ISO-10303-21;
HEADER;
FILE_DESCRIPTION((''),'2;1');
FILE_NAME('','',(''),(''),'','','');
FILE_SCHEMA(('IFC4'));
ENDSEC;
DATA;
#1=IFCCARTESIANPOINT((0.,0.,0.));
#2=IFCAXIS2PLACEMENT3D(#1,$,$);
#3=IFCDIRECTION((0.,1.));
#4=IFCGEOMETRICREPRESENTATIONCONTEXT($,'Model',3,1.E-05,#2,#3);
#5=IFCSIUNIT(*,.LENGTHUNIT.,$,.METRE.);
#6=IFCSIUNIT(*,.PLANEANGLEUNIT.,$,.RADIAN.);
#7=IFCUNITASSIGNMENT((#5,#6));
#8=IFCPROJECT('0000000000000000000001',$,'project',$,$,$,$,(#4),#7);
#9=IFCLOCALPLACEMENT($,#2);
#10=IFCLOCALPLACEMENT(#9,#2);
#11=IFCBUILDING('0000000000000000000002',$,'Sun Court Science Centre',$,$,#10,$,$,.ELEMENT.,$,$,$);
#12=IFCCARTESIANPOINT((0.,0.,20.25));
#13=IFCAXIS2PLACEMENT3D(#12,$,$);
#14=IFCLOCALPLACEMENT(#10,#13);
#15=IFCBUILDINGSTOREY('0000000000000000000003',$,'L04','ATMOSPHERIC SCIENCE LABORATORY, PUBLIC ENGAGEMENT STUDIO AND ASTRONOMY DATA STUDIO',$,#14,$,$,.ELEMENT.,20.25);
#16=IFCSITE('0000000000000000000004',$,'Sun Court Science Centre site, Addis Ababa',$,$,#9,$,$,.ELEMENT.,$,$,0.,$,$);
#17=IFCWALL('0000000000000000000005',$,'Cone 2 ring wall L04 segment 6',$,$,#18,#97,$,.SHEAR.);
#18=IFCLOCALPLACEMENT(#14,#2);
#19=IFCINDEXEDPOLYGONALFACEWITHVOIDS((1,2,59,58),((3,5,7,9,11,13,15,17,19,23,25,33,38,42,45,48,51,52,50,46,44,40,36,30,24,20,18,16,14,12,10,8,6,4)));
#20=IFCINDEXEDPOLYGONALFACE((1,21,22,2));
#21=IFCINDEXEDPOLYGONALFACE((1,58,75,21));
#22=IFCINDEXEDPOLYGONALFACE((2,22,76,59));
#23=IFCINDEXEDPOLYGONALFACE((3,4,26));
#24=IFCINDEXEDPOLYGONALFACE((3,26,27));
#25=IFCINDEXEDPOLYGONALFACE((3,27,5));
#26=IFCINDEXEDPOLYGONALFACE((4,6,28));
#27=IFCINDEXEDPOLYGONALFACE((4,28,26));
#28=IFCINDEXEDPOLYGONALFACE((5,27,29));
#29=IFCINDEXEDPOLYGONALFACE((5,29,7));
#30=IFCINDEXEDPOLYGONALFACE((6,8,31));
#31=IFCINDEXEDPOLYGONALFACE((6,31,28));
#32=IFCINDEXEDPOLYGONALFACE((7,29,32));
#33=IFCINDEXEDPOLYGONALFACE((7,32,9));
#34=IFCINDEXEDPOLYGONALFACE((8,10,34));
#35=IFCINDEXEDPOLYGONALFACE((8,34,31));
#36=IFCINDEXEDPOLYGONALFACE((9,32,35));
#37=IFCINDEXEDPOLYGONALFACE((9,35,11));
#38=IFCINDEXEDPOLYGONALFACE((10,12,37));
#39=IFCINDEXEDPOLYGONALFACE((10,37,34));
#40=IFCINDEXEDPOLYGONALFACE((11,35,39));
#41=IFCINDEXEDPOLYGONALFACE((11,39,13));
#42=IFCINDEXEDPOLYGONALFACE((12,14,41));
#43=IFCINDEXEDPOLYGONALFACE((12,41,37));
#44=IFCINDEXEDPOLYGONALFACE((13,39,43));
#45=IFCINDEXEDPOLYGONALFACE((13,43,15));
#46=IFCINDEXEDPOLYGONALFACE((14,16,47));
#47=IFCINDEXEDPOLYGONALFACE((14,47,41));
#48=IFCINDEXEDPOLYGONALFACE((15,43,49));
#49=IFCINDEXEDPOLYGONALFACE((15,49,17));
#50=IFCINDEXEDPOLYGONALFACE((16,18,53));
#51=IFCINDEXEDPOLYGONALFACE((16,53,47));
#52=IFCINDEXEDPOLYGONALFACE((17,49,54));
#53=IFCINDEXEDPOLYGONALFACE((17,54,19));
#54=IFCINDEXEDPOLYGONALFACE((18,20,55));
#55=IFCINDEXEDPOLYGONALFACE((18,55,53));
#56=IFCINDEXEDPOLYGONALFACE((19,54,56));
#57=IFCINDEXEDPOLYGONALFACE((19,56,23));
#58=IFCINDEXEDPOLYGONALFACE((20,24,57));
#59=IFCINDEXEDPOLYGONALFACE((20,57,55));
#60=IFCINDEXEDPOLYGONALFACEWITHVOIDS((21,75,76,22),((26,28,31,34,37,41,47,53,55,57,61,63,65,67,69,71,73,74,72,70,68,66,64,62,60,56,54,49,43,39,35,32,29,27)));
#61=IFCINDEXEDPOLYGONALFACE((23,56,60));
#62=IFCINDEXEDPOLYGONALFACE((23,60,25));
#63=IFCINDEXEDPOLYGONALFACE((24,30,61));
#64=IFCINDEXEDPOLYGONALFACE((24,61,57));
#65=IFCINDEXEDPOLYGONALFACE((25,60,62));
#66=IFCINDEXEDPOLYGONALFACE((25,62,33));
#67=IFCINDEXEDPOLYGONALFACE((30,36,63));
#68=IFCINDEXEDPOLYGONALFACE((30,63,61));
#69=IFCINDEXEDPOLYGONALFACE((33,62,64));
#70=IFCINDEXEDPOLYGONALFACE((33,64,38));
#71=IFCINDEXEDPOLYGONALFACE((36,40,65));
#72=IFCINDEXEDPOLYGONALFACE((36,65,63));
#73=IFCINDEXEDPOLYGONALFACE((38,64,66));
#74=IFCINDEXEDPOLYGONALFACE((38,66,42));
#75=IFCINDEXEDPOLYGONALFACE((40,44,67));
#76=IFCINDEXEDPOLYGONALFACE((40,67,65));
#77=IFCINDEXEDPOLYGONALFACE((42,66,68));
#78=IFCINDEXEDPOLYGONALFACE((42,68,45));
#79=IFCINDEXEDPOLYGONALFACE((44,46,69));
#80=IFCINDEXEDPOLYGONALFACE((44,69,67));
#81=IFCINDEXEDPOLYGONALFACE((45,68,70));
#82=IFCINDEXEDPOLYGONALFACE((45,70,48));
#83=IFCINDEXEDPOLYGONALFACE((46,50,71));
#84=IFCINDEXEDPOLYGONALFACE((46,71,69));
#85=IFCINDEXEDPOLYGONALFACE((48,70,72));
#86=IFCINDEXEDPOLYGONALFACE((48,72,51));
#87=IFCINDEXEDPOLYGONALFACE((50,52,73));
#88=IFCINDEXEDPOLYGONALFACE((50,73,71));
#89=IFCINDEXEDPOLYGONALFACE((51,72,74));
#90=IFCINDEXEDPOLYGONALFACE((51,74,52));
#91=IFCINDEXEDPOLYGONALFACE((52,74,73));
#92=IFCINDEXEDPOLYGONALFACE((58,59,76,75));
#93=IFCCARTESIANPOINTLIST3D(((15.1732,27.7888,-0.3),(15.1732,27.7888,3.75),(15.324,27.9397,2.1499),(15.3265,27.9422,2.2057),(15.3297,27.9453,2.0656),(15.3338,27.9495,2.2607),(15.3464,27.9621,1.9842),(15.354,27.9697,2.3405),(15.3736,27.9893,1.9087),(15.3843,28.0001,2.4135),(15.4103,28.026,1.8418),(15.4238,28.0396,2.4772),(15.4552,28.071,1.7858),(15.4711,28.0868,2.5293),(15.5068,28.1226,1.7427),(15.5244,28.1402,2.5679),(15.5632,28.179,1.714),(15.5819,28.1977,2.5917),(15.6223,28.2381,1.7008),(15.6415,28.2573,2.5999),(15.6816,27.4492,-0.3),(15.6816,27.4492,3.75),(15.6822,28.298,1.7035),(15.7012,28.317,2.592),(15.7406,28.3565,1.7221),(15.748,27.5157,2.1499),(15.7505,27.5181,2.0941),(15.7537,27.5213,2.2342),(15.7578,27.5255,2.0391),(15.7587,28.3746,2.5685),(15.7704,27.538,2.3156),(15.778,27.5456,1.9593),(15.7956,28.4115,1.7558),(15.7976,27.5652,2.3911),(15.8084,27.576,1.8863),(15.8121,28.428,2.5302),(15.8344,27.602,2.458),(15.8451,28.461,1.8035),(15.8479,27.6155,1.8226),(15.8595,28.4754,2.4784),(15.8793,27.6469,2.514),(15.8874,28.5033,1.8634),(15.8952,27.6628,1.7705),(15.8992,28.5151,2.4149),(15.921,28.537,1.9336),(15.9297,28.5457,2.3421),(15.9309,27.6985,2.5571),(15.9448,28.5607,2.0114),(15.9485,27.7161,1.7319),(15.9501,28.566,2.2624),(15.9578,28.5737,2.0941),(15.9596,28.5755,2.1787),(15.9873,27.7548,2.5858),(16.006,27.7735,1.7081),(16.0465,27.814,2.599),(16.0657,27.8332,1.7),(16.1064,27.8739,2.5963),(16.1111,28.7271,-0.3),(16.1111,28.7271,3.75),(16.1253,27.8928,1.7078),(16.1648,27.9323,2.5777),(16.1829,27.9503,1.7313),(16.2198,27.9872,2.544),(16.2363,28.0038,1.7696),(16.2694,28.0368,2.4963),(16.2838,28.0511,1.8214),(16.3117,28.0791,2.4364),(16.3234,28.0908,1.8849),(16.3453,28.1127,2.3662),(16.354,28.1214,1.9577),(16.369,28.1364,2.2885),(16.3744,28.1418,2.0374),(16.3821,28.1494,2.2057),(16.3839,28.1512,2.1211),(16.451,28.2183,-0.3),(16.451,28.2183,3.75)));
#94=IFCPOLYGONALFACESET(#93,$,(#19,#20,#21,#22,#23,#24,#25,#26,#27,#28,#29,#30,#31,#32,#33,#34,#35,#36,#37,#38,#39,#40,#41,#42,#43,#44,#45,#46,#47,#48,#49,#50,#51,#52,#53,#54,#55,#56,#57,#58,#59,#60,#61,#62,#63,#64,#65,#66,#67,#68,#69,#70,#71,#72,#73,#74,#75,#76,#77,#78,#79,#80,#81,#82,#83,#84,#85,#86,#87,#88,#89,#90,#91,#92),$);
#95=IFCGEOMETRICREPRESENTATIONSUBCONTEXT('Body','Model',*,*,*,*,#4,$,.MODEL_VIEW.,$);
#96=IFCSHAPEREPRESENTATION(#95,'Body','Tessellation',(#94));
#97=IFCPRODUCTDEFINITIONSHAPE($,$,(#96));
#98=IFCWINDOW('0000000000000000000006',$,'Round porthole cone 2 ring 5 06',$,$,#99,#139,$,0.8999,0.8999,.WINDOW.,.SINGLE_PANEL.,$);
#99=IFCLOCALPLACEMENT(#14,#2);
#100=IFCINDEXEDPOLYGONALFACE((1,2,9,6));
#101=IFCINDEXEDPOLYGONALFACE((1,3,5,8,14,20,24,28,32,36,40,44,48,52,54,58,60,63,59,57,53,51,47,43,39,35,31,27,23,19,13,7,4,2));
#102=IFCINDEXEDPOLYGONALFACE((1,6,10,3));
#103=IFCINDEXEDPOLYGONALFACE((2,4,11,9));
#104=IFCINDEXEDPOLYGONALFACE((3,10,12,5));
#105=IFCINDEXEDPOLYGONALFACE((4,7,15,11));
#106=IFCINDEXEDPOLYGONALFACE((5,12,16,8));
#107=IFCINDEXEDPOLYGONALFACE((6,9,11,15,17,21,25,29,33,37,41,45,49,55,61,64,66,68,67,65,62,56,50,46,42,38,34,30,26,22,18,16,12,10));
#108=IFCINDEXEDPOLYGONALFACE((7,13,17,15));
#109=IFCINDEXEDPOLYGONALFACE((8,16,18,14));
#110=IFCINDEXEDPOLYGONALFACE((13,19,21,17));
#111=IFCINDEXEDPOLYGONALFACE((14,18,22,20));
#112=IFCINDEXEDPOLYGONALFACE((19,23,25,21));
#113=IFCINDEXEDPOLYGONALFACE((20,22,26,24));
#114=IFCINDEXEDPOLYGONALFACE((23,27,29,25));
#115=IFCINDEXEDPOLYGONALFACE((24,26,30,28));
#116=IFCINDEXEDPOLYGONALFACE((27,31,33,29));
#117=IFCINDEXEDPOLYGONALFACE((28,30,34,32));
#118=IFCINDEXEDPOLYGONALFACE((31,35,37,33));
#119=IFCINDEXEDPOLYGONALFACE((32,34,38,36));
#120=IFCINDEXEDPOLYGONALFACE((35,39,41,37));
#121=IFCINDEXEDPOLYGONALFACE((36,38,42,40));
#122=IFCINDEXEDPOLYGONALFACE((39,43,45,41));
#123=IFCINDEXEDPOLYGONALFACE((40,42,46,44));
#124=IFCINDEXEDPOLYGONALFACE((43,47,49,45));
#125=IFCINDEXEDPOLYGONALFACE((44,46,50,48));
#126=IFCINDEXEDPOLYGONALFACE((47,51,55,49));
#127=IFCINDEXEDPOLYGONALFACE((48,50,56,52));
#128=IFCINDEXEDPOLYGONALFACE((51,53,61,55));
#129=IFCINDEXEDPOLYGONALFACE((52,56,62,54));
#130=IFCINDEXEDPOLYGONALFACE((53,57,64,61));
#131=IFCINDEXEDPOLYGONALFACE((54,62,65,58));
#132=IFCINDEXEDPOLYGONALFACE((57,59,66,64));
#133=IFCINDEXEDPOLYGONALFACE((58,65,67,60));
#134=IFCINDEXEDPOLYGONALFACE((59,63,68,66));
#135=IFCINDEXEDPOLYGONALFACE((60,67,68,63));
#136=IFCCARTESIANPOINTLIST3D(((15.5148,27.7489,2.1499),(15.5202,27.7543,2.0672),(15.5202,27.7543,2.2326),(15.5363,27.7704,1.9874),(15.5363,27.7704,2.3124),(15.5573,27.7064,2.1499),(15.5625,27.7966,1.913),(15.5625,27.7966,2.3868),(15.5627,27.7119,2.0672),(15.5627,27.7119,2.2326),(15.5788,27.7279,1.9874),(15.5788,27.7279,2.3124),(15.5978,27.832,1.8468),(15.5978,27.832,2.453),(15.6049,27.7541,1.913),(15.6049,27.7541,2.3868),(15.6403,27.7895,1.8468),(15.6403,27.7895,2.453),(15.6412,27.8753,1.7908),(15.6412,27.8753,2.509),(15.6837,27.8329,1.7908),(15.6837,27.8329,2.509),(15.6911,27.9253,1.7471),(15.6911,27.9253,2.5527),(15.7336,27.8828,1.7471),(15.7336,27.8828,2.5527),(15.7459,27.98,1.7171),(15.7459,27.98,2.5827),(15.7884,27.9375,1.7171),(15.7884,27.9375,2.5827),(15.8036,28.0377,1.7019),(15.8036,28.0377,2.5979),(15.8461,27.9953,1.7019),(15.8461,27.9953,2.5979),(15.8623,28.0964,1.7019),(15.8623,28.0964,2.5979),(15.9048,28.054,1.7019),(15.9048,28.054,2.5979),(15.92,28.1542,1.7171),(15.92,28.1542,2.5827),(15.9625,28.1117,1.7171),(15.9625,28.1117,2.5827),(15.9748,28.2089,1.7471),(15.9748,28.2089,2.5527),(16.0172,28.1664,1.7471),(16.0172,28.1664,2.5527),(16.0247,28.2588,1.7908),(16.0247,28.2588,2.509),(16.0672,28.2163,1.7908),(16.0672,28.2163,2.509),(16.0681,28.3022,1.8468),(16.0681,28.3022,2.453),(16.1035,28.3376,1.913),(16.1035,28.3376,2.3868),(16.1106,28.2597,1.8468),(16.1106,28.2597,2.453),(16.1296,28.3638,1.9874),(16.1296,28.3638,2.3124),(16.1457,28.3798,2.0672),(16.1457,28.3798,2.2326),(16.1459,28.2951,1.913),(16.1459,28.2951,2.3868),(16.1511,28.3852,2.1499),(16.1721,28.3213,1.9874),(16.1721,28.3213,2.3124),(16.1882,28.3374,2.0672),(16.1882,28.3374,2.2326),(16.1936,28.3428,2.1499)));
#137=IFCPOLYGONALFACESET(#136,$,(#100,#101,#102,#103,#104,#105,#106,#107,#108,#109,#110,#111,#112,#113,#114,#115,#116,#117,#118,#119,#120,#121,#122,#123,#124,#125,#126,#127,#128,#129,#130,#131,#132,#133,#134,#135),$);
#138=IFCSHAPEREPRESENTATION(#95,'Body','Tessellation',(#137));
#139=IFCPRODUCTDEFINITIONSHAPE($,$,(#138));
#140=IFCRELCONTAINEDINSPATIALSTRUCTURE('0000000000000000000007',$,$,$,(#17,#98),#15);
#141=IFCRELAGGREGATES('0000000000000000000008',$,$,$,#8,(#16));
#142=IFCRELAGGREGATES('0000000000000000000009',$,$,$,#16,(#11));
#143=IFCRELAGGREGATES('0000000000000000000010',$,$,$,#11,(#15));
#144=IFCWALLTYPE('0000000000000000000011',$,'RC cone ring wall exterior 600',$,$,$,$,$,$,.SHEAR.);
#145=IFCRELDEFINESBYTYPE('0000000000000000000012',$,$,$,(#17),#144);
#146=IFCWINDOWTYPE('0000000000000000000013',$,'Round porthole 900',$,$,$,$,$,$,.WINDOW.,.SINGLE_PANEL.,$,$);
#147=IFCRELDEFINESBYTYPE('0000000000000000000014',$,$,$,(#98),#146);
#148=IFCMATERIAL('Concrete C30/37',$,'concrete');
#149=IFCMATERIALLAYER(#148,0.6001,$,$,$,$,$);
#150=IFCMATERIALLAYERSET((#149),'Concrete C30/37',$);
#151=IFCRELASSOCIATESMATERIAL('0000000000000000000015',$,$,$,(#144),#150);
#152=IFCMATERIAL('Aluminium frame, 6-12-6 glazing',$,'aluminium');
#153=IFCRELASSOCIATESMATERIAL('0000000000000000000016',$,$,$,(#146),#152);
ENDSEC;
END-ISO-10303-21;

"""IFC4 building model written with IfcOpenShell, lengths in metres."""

from ifc_helpers import new_model, si_unit, direction, frame, frame_2d, origin, place, context, subcontext, project, spatial, polyline, circle, outline, extrude, material, layer, layer_set, type_object, element, fill, save


model = new_model("IFC4")

# Units and contexts
model_context = context("Model", 3, precision=1e-05, world=origin(), true_north=direction((0.0, 1.0)))
body_context = subcontext(model_context, "Body", "Model", "MODEL_VIEW")
ifc_project = project(units=[si_unit("LENGTHUNIT", "METRE"), si_unit("PLANEANGLEUNIT", "RADIAN")], contexts=[model_context])

# Site, building, storey
site_placement = place(None, origin())
site = spatial("IfcSite", under=ifc_project, at=site_placement, Name="Sun Court Science Centre site, Addis Ababa", CompositionType="ELEMENT", RefElevation=0.0)
building_placement = place(site_placement, origin())
building = spatial("IfcBuilding", under=site, at=building_placement, Name="Sun Court Science Centre", CompositionType="ELEMENT")
storey_placement = place(building_placement, frame((0.0, 0.0, 20.25)))
storey = spatial("IfcBuildingStorey", under=building, at=storey_placement, Name="L04", Description="ATMOSPHERIC SCIENCE LABORATORY, PUBLIC ENGAGEMENT STUDIO AND ASTRONOMY DATA STUDIO", CompositionType="ELEMENT", Elevation=20.25)

# Wall, opening, window
ifc_material_1 = material(Name="Concrete C30/37", Category="concrete")
ifc_layer = layer(ifc_material_1, 0.6001)
ifc_layer_set = layer_set([ifc_layer], Name="Concrete C30/37")
wall_type = type_object("IfcWallType", Name="RC cone ring wall exterior 600", PredefinedType="SHEAR", material=ifc_layer_set)
ifc_material_2 = material(Name="Aluminium frame, 6-12-6 glazing", Category="aluminium")
window_type = type_object("IfcWindowType", Name="Round porthole 900", PartitioningType="SINGLE_PANEL", PredefinedType="WINDOW", material=ifc_material_2)
wall_1_placement = place(storey_placement, frame((16.3232, 28.5149, -0.3), z_axis=(0.0, 0.0, 1.0), x_axis=(-0.707107, -0.707107, 0.0)))
wall_1 = element("IfcWall", 1, at=wall_1_placement, inside=storey, type_object=wall_type, Name="Cone 2 ring wall L04 segment 6", PredefinedType="SHEAR", context=body_context, shape_type="SweptSolid", body=[
    extrude(outline(polyline([(0.0, -0.3), (1.3267, -0.2998), (1.2073, 0.2998), (0.1194, 0.3), (0.0, -0.3)])), origin(), (0.0, 0.0, 1.0), 4.05),
])
opening_1_placement = place(wall_1_placement, frame((0.2134, 0.0, 2.0)))
opening_1 = element("IfcOpeningElement", 2, at=opening_1_placement, cuts=wall_1, PredefinedType="OPENING", context=body_context, shape_type="SweptSolid", body=[
    extrude(circle(Radius=0.45, at=frame_2d((0.45, 0.45))), frame((0.0, 0.3101, 0.0), z_axis=(0.0, -1.0, 0.0), x_axis=(1.0, 0.0, 0.0)), (0.0, 0.0, 1.0), 0.6201),
])
window_1_placement = place(opening_1_placement, origin())
window_1 = element("IfcWindow", 3, at=window_1_placement, inside=storey, type_object=window_type, Name="Round porthole cone 2 ring 5 06", OverallHeight=0.8999, OverallWidth=0.8999, PartitioningType="SINGLE_PANEL", PredefinedType="WINDOW", context=body_context, shape_type="SweptSolid", body=[
    extrude(circle(Radius=0.45, at=frame_2d((0.45, 0.45))), frame((0.0, 0.03, 0.0), z_axis=(0.0, -1.0, 0.0), x_axis=(1.0, 0.0, 0.0)), (0.0, 0.0, 1.0), 0.0601),
])
fill(opening_1, window_1)

save(model, "model.ifc")
